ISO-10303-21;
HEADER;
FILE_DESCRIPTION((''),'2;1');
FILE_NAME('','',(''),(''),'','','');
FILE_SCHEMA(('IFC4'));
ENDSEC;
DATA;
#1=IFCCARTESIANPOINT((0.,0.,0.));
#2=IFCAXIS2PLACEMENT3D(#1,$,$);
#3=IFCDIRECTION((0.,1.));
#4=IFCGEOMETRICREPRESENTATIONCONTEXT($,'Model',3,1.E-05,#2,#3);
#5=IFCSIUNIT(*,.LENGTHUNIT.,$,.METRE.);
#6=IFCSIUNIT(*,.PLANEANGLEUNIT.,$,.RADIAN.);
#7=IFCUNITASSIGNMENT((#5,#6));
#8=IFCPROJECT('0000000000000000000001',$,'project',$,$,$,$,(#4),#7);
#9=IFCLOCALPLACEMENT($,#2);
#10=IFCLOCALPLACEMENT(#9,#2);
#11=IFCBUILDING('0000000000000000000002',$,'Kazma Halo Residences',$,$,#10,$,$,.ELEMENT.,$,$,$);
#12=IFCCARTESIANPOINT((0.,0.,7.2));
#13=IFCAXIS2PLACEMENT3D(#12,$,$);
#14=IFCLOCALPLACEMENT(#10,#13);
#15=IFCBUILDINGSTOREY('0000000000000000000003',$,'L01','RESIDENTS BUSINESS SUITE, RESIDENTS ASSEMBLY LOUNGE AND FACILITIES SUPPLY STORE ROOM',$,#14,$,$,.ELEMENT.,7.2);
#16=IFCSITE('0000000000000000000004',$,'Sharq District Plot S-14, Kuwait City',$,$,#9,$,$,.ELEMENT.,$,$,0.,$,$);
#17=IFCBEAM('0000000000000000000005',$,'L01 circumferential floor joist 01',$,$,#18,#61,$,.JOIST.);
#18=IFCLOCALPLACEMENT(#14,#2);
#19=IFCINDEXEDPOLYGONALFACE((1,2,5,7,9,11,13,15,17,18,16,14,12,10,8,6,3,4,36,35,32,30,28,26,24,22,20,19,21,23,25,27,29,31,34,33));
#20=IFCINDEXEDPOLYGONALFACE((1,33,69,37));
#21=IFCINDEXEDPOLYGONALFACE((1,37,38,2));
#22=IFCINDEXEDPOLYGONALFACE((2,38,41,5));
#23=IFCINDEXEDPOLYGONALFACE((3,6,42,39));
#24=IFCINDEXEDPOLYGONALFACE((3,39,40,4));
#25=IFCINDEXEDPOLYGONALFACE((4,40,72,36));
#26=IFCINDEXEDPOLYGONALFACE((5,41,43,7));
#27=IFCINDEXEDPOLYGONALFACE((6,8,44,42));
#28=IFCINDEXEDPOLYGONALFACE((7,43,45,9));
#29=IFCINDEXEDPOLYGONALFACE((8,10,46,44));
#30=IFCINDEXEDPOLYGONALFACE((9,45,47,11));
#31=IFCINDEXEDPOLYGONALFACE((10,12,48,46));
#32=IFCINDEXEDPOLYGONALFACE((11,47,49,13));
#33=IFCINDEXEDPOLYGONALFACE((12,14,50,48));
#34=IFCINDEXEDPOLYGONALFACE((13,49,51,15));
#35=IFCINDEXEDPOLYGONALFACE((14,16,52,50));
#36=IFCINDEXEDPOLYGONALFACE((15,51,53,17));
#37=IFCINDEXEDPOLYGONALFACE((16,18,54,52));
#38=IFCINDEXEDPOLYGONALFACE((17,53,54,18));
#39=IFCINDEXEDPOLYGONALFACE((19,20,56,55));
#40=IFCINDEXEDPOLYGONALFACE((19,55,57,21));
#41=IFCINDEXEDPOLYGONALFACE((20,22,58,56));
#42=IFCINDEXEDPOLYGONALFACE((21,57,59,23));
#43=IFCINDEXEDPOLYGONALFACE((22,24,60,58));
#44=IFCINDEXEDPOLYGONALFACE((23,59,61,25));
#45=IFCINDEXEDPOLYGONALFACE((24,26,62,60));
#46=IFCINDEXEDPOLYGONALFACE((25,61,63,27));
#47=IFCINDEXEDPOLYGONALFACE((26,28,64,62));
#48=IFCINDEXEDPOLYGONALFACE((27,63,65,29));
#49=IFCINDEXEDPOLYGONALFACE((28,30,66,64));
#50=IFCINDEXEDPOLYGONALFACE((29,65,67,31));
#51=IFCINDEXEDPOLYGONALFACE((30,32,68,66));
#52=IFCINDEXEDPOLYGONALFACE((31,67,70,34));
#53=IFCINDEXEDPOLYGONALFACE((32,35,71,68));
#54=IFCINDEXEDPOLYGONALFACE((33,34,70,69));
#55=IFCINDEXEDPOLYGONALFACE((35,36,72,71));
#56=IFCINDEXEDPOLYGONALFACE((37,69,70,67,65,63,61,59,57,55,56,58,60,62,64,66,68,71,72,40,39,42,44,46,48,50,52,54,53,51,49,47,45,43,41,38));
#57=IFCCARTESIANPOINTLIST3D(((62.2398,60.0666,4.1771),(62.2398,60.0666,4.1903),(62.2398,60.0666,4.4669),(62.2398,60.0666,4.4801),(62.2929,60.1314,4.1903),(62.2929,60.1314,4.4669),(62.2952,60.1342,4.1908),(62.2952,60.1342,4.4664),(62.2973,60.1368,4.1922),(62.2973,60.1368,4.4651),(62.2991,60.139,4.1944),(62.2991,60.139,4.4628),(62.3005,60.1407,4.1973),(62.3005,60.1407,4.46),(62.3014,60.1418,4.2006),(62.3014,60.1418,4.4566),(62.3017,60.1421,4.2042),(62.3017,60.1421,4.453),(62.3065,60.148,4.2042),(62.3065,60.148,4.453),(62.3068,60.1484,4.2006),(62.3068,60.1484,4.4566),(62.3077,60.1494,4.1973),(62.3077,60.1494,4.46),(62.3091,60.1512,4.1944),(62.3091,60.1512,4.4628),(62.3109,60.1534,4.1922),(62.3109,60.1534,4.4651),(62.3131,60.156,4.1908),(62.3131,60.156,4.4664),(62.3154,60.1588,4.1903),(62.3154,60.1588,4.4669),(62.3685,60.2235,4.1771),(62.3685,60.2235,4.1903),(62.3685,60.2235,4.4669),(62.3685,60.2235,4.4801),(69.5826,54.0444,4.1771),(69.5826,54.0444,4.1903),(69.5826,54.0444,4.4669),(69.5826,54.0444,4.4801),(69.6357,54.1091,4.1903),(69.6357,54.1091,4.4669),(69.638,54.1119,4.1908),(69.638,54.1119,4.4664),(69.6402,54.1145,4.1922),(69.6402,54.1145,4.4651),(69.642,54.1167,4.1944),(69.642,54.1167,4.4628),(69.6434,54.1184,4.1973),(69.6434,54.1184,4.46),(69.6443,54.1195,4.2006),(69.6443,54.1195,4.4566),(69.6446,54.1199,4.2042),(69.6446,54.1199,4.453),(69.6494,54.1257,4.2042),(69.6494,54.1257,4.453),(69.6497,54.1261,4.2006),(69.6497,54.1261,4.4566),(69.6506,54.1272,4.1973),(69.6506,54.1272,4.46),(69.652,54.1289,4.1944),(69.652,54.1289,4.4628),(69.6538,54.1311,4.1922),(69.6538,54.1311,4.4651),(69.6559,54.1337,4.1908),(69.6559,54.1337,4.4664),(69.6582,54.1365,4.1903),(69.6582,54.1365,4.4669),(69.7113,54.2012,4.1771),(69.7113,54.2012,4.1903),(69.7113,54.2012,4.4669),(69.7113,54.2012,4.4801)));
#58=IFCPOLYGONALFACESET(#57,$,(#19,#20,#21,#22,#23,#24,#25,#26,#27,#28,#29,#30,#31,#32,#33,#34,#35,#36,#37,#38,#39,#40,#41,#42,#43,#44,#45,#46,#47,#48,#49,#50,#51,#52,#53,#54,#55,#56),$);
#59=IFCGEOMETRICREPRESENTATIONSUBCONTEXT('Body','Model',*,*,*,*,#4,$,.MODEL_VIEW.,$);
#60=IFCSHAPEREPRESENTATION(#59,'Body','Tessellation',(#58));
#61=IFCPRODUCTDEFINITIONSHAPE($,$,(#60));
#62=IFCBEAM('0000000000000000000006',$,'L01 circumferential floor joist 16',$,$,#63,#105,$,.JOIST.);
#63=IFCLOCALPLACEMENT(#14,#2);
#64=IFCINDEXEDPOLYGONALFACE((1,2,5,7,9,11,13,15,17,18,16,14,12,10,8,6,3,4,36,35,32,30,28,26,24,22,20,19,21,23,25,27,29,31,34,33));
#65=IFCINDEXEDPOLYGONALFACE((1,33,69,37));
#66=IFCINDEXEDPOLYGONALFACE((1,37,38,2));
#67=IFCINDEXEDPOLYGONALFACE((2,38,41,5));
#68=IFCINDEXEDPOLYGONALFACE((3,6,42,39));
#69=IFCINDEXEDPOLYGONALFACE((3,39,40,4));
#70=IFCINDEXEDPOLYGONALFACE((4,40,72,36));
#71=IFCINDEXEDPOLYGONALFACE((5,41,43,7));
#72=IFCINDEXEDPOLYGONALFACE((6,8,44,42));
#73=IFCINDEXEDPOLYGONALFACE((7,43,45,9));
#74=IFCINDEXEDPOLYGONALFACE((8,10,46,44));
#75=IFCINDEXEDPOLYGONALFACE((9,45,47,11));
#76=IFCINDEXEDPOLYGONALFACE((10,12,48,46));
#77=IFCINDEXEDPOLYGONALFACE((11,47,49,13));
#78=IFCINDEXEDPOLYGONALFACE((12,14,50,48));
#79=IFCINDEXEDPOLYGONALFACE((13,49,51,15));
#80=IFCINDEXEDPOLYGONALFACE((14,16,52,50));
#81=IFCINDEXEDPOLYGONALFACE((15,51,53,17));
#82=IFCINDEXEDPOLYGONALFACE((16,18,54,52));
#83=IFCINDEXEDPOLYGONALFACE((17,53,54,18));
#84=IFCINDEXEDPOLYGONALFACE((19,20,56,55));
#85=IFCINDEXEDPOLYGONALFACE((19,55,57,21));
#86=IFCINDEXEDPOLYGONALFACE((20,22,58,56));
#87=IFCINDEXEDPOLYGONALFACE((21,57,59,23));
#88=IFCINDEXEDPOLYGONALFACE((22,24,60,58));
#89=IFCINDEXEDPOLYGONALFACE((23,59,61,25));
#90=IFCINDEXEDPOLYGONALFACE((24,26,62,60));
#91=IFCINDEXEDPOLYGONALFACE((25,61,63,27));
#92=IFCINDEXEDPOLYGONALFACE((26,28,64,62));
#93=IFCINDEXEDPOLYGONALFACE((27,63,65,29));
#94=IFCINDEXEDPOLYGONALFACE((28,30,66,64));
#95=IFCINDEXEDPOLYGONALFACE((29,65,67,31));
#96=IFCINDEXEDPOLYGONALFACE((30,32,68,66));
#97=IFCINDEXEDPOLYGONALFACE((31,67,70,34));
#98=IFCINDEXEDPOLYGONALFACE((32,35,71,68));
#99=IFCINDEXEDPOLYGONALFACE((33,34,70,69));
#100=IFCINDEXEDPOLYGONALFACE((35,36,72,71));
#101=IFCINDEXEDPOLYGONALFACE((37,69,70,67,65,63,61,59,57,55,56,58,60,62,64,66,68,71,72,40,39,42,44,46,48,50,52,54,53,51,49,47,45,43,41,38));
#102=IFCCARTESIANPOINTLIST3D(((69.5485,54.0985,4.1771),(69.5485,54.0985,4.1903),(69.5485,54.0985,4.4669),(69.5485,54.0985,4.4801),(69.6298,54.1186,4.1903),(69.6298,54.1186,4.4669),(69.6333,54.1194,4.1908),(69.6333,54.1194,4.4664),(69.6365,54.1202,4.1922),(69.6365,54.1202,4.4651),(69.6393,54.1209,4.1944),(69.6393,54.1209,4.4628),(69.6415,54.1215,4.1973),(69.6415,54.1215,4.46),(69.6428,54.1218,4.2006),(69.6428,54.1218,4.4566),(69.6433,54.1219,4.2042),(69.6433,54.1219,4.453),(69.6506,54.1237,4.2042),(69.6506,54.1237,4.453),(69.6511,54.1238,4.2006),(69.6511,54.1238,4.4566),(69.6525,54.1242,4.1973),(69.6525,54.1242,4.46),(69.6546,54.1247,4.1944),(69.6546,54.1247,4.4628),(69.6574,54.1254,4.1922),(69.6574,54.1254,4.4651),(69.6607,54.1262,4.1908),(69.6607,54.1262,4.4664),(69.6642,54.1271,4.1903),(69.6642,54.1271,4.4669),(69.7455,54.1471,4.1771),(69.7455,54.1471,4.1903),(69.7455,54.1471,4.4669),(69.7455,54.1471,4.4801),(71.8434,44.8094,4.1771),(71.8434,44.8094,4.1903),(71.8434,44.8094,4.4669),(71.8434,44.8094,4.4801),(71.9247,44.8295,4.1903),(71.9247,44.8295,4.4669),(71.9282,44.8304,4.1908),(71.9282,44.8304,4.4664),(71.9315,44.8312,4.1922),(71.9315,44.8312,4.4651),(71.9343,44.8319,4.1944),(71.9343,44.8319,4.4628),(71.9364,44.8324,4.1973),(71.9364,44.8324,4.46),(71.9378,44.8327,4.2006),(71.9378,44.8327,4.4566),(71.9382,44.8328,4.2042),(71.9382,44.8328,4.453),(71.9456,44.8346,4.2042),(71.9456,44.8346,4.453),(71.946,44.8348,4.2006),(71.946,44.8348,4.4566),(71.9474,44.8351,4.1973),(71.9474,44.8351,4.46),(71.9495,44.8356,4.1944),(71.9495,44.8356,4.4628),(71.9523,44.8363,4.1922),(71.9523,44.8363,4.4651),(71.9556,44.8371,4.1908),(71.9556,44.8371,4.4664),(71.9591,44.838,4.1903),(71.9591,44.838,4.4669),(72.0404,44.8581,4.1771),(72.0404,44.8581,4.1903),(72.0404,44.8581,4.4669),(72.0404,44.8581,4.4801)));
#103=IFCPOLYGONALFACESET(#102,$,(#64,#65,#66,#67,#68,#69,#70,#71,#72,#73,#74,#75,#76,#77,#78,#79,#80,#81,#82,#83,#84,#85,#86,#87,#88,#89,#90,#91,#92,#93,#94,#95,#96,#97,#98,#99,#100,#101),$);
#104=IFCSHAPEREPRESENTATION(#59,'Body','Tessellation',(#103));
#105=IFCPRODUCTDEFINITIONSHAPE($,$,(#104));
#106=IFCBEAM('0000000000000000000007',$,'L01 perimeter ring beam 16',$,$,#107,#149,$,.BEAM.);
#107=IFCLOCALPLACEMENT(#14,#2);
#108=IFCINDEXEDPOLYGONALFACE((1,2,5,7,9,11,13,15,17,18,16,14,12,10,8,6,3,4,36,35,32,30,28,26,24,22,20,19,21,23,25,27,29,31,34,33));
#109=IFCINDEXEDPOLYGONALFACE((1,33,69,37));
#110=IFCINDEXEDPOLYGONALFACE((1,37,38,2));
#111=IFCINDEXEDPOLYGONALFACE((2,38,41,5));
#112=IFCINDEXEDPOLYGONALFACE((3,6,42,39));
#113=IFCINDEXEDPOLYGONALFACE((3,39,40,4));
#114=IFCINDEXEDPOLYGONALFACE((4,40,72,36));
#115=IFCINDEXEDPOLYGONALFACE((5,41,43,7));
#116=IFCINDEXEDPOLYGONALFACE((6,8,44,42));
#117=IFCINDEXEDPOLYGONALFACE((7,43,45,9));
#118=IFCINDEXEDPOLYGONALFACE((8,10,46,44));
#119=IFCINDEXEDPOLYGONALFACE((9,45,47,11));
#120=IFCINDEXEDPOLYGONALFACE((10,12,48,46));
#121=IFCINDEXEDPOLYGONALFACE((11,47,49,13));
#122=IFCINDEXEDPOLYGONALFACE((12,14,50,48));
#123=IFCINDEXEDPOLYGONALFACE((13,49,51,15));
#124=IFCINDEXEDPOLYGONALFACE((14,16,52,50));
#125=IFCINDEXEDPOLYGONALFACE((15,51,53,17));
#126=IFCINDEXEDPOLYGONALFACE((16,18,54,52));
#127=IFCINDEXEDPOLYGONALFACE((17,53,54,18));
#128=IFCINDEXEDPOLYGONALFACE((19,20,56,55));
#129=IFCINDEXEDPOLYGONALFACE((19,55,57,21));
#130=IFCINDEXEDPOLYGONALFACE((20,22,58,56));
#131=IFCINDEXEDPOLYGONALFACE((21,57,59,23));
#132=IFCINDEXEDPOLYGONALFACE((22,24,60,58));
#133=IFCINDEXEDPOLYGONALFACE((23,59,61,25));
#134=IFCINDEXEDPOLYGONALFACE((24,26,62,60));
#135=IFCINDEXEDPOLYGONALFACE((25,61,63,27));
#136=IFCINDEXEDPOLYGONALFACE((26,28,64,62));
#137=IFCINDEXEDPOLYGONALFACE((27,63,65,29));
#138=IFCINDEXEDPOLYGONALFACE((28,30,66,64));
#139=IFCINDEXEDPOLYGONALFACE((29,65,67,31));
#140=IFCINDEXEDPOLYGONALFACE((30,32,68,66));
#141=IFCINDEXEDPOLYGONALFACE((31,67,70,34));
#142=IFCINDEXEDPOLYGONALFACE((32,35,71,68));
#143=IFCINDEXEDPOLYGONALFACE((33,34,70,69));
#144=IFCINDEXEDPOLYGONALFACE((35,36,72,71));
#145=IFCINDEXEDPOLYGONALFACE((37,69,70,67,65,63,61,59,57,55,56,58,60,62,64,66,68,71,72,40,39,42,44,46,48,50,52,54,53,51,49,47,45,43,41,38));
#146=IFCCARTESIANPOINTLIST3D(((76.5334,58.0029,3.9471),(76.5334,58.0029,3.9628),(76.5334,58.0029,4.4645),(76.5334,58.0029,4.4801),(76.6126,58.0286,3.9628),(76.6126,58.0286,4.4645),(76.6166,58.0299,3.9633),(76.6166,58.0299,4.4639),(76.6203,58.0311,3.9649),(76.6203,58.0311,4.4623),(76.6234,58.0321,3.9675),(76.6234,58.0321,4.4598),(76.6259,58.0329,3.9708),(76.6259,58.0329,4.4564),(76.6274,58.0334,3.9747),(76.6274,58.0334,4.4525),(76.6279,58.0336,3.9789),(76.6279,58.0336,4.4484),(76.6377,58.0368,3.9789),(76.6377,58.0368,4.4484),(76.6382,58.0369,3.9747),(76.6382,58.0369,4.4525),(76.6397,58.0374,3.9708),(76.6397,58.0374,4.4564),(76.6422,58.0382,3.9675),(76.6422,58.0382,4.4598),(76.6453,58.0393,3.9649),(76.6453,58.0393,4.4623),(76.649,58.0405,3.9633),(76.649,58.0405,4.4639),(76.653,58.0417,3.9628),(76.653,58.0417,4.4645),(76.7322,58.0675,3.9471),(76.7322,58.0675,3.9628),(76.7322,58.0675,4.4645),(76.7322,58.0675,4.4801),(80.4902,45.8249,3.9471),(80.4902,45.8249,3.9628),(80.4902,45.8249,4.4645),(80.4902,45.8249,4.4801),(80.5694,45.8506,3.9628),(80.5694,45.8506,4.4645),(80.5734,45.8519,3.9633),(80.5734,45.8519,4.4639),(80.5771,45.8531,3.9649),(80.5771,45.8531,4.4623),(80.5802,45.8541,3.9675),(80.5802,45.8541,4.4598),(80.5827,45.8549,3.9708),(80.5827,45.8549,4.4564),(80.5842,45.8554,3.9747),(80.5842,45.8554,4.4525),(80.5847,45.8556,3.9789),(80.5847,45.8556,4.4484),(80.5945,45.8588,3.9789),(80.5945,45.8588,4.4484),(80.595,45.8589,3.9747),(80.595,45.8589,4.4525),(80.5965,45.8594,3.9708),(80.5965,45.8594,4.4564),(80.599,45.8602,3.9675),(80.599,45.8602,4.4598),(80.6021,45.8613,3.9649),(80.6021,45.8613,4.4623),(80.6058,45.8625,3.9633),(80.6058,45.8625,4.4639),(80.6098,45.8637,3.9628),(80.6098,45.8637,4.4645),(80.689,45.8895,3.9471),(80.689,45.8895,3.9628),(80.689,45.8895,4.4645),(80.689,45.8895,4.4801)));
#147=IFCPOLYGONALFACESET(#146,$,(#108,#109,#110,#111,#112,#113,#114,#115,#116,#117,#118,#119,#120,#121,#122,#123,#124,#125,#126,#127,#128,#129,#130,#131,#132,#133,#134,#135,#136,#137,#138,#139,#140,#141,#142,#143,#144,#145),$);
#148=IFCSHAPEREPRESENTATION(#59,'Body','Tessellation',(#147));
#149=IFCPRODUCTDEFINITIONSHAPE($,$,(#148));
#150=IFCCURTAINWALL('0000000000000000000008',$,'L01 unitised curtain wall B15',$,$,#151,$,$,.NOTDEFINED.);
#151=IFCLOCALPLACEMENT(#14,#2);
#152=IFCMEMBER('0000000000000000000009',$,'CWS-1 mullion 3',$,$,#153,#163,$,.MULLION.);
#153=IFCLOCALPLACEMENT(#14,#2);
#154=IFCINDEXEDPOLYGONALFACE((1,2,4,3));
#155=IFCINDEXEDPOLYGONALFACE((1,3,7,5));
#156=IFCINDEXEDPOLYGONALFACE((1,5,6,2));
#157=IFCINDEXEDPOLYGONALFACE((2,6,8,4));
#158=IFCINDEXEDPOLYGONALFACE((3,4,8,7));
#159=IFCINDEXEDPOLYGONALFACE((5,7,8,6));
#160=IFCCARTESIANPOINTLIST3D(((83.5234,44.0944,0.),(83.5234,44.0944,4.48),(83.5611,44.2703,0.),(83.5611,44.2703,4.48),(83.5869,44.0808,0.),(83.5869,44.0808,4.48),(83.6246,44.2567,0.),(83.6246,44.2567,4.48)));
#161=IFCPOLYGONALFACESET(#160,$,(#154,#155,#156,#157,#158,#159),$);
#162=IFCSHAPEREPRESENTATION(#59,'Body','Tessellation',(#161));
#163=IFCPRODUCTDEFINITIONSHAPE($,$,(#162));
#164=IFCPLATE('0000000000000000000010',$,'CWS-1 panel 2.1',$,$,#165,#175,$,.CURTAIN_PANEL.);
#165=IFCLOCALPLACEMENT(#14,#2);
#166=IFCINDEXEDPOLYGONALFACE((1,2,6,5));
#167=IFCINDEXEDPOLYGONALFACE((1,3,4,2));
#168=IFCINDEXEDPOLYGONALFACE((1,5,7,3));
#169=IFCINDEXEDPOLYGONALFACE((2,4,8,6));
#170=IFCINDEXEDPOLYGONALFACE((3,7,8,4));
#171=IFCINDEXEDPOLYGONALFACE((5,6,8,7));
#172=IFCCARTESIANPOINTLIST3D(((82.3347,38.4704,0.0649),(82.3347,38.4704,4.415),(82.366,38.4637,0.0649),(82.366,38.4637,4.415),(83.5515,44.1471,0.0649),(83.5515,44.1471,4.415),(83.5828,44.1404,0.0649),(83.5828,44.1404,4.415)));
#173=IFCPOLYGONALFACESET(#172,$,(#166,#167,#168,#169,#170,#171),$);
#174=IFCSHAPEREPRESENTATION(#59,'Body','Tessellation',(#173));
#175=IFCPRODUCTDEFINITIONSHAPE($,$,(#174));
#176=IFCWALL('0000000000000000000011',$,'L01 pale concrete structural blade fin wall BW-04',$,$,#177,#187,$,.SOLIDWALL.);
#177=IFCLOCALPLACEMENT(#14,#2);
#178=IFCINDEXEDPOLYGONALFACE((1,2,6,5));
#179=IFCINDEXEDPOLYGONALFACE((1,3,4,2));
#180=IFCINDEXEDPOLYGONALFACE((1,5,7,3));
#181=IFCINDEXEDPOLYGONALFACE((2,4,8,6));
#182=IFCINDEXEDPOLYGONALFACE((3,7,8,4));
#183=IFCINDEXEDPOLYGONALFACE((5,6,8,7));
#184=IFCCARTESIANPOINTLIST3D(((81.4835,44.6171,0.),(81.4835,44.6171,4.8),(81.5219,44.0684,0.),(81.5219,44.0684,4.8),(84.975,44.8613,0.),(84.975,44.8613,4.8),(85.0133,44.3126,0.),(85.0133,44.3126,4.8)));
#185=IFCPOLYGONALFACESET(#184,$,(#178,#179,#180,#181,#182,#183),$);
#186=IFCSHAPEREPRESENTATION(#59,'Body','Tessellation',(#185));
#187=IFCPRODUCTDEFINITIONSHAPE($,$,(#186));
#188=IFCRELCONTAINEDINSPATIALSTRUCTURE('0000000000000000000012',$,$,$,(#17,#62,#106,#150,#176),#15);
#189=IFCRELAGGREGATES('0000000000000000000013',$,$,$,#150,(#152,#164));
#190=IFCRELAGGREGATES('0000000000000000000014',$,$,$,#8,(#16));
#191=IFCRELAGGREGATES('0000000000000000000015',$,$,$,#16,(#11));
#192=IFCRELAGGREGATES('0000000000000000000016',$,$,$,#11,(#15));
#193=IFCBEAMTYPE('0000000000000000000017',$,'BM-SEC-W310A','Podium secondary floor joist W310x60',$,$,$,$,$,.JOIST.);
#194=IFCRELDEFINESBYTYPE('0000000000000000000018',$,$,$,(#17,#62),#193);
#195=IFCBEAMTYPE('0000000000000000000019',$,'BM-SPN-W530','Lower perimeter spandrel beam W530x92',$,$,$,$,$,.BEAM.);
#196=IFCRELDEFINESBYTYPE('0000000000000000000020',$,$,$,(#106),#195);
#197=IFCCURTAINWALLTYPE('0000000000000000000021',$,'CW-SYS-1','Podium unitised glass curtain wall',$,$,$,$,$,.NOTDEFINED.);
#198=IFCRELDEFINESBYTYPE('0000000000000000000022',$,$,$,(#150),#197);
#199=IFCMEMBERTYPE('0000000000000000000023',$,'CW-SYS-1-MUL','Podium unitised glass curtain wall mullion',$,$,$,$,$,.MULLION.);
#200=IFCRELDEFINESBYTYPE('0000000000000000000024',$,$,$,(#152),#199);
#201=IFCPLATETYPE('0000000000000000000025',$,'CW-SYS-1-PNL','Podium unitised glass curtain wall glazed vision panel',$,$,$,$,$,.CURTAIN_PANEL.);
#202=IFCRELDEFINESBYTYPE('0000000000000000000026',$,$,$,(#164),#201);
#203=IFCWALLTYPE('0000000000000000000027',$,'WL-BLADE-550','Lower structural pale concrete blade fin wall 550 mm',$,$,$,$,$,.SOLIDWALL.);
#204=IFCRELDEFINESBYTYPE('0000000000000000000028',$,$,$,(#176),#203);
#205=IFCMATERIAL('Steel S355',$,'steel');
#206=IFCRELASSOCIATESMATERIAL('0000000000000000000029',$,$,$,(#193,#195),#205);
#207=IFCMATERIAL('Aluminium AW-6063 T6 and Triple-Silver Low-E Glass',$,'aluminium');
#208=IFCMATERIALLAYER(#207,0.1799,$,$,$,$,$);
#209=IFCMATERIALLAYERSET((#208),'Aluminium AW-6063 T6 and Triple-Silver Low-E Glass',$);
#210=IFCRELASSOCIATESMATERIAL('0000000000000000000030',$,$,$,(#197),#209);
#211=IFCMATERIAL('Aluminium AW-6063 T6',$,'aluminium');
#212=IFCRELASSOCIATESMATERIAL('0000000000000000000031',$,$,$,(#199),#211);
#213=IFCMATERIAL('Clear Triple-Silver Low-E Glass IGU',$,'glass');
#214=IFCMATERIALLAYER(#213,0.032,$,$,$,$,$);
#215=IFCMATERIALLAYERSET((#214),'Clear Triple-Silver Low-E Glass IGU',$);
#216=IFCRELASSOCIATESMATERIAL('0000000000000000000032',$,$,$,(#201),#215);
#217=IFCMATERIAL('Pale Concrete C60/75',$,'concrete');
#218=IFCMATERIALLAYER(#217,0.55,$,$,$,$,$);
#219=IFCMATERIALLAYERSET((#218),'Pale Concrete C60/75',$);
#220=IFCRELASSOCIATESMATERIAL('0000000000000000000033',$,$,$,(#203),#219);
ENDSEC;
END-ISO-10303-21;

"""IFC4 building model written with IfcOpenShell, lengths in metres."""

from ifc_helpers import new_model, si_unit, direction, frame, frame_2d, origin, origin_2d, place, context, subcontext, project, spatial, rectangle, i_section, extrude, material, layer, layer_set, material_profile, profile_set, type_object, element, aggregate, save


model = new_model("IFC4")

# Units and contexts
model_context = context("Model", 3, precision=1e-05, world=origin(), true_north=direction((0.0, 1.0)))
body_context = subcontext(model_context, "Body", "Model", "MODEL_VIEW")
ifc_project = project(units=[si_unit("LENGTHUNIT", "METRE"), si_unit("PLANEANGLEUNIT", "RADIAN")], contexts=[model_context])

# Site, building, storey
site_placement = place(None, origin())
site = spatial("IfcSite", under=ifc_project, at=site_placement, Name="Sharq District Plot S-14, Kuwait City", CompositionType="ELEMENT", RefElevation=0.0)
building_placement = place(site_placement, origin())
building = spatial("IfcBuilding", under=site, at=building_placement, Name="Kazma Halo Residences", CompositionType="ELEMENT")
storey_placement = place(building_placement, frame((0.0, 0.0, 7.2)))
storey = spatial("IfcBuildingStorey", under=building, at=storey_placement, Name="L01", Description="RESIDENTS BUSINESS SUITE, RESIDENTS ASSEMBLY LOUNGE AND FACILITIES SUPPLY STORE ROOM", CompositionType="ELEMENT", Elevation=7.2)

# Beams
ifc_material_1 = material(Name="Steel S355", Category="steel")
ifc_material_profile_1 = material_profile(ifc_material_1, i_section(OverallWidth=0.2029, OverallDepth=0.303, WebThickness=0.0076, FlangeThickness=0.0132, FilletRadius=0.0139, at=origin_2d()), Name="W310x60")
ifc_profile_set_1 = profile_set([ifc_material_profile_1], Name="Steel S355")
beam_type_1 = type_object("IfcBeamType", Name="BM-SEC-W310A", Description="Podium secondary floor joist W310x60", PredefinedType="JOIST", material=ifc_profile_set_1)
beam_1_placement = place(storey_placement, frame((69.647, 54.1228, 4.3286), z_axis=(-0.773209, 0.634152, 0.0), x_axis=(-0.634152, -0.773209, 0.0)))
element("IfcBeam", 1, at=beam_1_placement, inside=storey, type_object=beam_type_1, Name="L01 circumferential floor joist 01", PredefinedType="JOIST", context=body_context, shape_type="SweptSolid", body=[
    extrude(i_section(OverallWidth=0.2029, OverallDepth=0.303, WebThickness=0.0076, FlangeThickness=0.0132, FilletRadius=0.0139, at=origin_2d()), origin(), (0.0, 0.0, 1.0), 9.4966),
])
beam_2_placement = place(storey_placement, frame((71.9419, 44.8337, 4.3286), z_axis=(-0.239845, 0.970811, 0.0), x_axis=(-0.970811, -0.239845, 0.0)))
element("IfcBeam", 2, at=beam_2_placement, inside=storey, type_object=beam_type_1, Name="L01 circumferential floor joist 16", PredefinedType="JOIST", context=body_context, shape_type="SweptSolid", body=[
    extrude(i_section(OverallWidth=0.2029, OverallDepth=0.303, WebThickness=0.0076, FlangeThickness=0.0132, FilletRadius=0.0139, at=origin_2d()), origin(), (0.0, 0.0, 1.0), 9.5684),
])
ifc_material_profile_2 = material_profile(ifc_material_1, i_section(OverallWidth=0.209, OverallDepth=0.533, WebThickness=0.0103, FlangeThickness=0.0156, FilletRadius=0.0161, at=origin_2d()), Name="W530x92")
ifc_profile_set_2 = profile_set([ifc_material_profile_2], Name="Steel S355")
beam_type_2 = type_object("IfcBeamType", Name="BM-SPN-W530", Description="Lower perimeter spandrel beam W530x92", PredefinedType="BEAM", material=ifc_profile_set_2)
beam_3_placement = place(storey_placement, frame((80.5896, 45.8572, 4.2136), z_axis=(-0.309011, 0.951058, 0.0), x_axis=(-0.951058, -0.309011, 0.0)))
element("IfcBeam", 3, at=beam_3_placement, inside=storey, type_object=beam_type_2, Name="L01 perimeter ring beam 16", PredefinedType="BEAM", context=body_context, shape_type="SweptSolid", body=[
    extrude(i_section(OverallWidth=0.209, OverallDepth=0.533, WebThickness=0.0103, FlangeThickness=0.0156, FilletRadius=0.0161, at=origin_2d()), origin(), (0.0, 0.0, 1.0), 12.8047),
])

# Curtain wall, member, plate
ifc_material_2 = material(Name="Aluminium AW-6063 T6 and Triple-Silver Low-E Glass", Category="aluminium")
ifc_layer_1 = layer(ifc_material_2, 0.1799)
ifc_layer_set_1 = layer_set([ifc_layer_1], Name="Aluminium AW-6063 T6 and Triple-Silver Low-E Glass")
curtain_wall_type = type_object("IfcCurtainWallType", Name="CW-SYS-1", Description="Podium unitised glass curtain wall", PredefinedType="NOTDEFINED", material=ifc_layer_set_1)
curtain_wall_placement = place(storey_placement, origin())
curtain_wall = element("IfcCurtainWall", 4, at=curtain_wall_placement, inside=storey, type_object=curtain_wall_type, Name="L01 unitised curtain wall B15", PredefinedType="NOTDEFINED")
ifc_material_3 = material(Name="Aluminium AW-6063 T6", Category="aluminium")
ifc_material_profile_3 = material_profile(ifc_material_3, rectangle(XDim=0.0649, YDim=0.1799, at=origin_2d()), Name="CWM-65x180")
ifc_profile_set_3 = profile_set([ifc_material_profile_3], Name="Aluminium AW-6063 T6")
member_type = type_object("IfcMemberType", Name="CW-SYS-1-MUL", Description="Podium unitised glass curtain wall mullion", PredefinedType="MULLION", material=ifc_profile_set_3)
member_placement = place(storey_placement, frame((83.574, 44.1755, 0.0), z_axis=(0.0, 0.0, 1.0), x_axis=(-0.977788, 0.209596, 0.0)))
member = element("IfcMember", 5, at=member_placement, type_object=member_type, Name="CWS-1 mullion 3", PredefinedType="MULLION", context=body_context, shape_type="SweptSolid", body=[
    extrude(rectangle(XDim=0.0649, YDim=0.1799, at=origin_2d()), origin(), (0.0, 0.0, 1.0), 4.48),
])
ifc_material_4 = material(Name="Clear Triple-Silver Low-E Glass IGU", Category="glass")
ifc_layer_2 = layer(ifc_material_4, 0.032)
ifc_layer_set_2 = layer_set([ifc_layer_2], Name="Clear Triple-Silver Low-E Glass IGU")
plate_type = type_object("IfcPlateType", Name="CW-SYS-1-PNL", Description="Podium unitised glass curtain wall glazed vision panel", PredefinedType="CURTAIN_PANEL", material=ifc_layer_set_2)
plate_placement = place(storey_placement, frame((82.9587, 41.3054, 0.0649), z_axis=(0.0, 0.0, 1.0), x_axis=(0.209596, 0.977788, 0.0)))
plate = element("IfcPlate", 6, at=plate_placement, type_object=plate_type, Name="CWS-1 panel 2.1", PredefinedType="CURTAIN_PANEL", context=body_context, shape_type="SweptSolid", body=[
    extrude(rectangle(XDim=5.8057, YDim=0.032, at=origin_2d()), origin(), (0.0, 0.0, 1.0), 4.3501),
])
aggregate(curtain_wall, [member, plate])

# Wall
ifc_material_5 = material(Name="Pale Concrete C60/75", Category="concrete")
ifc_layer_3 = layer(ifc_material_5, 0.55)
ifc_layer_set_3 = layer_set([ifc_layer_3], Name="Pale Concrete C60/75")
wall_type_1 = type_object("IfcWallType", Name="WL-BLADE-550", Description="Lower structural pale concrete blade fin wall 550 mm", PredefinedType="SOLIDWALL", material=ifc_layer_set_3)
wall_1_placement = place(storey_placement, frame((81.5027, 44.3428, 0.0), z_axis=(0.0, 0.0, 1.0), x_axis=(0.997564, 0.069755, 0.0)))
element("IfcWall", 7, at=wall_1_placement, inside=storey, type_object=wall_type_1, Name="L01 pale concrete structural blade fin wall BW-04", PredefinedType="SOLIDWALL", context=body_context, shape_type="SweptSolid", body=[
    extrude(rectangle(XDim=3.5, YDim=0.55, at=frame_2d((1.75, 0.0))), origin(), (0.0, 0.0, 1.0), 4.8),
])

save(model, "model.ifc")
